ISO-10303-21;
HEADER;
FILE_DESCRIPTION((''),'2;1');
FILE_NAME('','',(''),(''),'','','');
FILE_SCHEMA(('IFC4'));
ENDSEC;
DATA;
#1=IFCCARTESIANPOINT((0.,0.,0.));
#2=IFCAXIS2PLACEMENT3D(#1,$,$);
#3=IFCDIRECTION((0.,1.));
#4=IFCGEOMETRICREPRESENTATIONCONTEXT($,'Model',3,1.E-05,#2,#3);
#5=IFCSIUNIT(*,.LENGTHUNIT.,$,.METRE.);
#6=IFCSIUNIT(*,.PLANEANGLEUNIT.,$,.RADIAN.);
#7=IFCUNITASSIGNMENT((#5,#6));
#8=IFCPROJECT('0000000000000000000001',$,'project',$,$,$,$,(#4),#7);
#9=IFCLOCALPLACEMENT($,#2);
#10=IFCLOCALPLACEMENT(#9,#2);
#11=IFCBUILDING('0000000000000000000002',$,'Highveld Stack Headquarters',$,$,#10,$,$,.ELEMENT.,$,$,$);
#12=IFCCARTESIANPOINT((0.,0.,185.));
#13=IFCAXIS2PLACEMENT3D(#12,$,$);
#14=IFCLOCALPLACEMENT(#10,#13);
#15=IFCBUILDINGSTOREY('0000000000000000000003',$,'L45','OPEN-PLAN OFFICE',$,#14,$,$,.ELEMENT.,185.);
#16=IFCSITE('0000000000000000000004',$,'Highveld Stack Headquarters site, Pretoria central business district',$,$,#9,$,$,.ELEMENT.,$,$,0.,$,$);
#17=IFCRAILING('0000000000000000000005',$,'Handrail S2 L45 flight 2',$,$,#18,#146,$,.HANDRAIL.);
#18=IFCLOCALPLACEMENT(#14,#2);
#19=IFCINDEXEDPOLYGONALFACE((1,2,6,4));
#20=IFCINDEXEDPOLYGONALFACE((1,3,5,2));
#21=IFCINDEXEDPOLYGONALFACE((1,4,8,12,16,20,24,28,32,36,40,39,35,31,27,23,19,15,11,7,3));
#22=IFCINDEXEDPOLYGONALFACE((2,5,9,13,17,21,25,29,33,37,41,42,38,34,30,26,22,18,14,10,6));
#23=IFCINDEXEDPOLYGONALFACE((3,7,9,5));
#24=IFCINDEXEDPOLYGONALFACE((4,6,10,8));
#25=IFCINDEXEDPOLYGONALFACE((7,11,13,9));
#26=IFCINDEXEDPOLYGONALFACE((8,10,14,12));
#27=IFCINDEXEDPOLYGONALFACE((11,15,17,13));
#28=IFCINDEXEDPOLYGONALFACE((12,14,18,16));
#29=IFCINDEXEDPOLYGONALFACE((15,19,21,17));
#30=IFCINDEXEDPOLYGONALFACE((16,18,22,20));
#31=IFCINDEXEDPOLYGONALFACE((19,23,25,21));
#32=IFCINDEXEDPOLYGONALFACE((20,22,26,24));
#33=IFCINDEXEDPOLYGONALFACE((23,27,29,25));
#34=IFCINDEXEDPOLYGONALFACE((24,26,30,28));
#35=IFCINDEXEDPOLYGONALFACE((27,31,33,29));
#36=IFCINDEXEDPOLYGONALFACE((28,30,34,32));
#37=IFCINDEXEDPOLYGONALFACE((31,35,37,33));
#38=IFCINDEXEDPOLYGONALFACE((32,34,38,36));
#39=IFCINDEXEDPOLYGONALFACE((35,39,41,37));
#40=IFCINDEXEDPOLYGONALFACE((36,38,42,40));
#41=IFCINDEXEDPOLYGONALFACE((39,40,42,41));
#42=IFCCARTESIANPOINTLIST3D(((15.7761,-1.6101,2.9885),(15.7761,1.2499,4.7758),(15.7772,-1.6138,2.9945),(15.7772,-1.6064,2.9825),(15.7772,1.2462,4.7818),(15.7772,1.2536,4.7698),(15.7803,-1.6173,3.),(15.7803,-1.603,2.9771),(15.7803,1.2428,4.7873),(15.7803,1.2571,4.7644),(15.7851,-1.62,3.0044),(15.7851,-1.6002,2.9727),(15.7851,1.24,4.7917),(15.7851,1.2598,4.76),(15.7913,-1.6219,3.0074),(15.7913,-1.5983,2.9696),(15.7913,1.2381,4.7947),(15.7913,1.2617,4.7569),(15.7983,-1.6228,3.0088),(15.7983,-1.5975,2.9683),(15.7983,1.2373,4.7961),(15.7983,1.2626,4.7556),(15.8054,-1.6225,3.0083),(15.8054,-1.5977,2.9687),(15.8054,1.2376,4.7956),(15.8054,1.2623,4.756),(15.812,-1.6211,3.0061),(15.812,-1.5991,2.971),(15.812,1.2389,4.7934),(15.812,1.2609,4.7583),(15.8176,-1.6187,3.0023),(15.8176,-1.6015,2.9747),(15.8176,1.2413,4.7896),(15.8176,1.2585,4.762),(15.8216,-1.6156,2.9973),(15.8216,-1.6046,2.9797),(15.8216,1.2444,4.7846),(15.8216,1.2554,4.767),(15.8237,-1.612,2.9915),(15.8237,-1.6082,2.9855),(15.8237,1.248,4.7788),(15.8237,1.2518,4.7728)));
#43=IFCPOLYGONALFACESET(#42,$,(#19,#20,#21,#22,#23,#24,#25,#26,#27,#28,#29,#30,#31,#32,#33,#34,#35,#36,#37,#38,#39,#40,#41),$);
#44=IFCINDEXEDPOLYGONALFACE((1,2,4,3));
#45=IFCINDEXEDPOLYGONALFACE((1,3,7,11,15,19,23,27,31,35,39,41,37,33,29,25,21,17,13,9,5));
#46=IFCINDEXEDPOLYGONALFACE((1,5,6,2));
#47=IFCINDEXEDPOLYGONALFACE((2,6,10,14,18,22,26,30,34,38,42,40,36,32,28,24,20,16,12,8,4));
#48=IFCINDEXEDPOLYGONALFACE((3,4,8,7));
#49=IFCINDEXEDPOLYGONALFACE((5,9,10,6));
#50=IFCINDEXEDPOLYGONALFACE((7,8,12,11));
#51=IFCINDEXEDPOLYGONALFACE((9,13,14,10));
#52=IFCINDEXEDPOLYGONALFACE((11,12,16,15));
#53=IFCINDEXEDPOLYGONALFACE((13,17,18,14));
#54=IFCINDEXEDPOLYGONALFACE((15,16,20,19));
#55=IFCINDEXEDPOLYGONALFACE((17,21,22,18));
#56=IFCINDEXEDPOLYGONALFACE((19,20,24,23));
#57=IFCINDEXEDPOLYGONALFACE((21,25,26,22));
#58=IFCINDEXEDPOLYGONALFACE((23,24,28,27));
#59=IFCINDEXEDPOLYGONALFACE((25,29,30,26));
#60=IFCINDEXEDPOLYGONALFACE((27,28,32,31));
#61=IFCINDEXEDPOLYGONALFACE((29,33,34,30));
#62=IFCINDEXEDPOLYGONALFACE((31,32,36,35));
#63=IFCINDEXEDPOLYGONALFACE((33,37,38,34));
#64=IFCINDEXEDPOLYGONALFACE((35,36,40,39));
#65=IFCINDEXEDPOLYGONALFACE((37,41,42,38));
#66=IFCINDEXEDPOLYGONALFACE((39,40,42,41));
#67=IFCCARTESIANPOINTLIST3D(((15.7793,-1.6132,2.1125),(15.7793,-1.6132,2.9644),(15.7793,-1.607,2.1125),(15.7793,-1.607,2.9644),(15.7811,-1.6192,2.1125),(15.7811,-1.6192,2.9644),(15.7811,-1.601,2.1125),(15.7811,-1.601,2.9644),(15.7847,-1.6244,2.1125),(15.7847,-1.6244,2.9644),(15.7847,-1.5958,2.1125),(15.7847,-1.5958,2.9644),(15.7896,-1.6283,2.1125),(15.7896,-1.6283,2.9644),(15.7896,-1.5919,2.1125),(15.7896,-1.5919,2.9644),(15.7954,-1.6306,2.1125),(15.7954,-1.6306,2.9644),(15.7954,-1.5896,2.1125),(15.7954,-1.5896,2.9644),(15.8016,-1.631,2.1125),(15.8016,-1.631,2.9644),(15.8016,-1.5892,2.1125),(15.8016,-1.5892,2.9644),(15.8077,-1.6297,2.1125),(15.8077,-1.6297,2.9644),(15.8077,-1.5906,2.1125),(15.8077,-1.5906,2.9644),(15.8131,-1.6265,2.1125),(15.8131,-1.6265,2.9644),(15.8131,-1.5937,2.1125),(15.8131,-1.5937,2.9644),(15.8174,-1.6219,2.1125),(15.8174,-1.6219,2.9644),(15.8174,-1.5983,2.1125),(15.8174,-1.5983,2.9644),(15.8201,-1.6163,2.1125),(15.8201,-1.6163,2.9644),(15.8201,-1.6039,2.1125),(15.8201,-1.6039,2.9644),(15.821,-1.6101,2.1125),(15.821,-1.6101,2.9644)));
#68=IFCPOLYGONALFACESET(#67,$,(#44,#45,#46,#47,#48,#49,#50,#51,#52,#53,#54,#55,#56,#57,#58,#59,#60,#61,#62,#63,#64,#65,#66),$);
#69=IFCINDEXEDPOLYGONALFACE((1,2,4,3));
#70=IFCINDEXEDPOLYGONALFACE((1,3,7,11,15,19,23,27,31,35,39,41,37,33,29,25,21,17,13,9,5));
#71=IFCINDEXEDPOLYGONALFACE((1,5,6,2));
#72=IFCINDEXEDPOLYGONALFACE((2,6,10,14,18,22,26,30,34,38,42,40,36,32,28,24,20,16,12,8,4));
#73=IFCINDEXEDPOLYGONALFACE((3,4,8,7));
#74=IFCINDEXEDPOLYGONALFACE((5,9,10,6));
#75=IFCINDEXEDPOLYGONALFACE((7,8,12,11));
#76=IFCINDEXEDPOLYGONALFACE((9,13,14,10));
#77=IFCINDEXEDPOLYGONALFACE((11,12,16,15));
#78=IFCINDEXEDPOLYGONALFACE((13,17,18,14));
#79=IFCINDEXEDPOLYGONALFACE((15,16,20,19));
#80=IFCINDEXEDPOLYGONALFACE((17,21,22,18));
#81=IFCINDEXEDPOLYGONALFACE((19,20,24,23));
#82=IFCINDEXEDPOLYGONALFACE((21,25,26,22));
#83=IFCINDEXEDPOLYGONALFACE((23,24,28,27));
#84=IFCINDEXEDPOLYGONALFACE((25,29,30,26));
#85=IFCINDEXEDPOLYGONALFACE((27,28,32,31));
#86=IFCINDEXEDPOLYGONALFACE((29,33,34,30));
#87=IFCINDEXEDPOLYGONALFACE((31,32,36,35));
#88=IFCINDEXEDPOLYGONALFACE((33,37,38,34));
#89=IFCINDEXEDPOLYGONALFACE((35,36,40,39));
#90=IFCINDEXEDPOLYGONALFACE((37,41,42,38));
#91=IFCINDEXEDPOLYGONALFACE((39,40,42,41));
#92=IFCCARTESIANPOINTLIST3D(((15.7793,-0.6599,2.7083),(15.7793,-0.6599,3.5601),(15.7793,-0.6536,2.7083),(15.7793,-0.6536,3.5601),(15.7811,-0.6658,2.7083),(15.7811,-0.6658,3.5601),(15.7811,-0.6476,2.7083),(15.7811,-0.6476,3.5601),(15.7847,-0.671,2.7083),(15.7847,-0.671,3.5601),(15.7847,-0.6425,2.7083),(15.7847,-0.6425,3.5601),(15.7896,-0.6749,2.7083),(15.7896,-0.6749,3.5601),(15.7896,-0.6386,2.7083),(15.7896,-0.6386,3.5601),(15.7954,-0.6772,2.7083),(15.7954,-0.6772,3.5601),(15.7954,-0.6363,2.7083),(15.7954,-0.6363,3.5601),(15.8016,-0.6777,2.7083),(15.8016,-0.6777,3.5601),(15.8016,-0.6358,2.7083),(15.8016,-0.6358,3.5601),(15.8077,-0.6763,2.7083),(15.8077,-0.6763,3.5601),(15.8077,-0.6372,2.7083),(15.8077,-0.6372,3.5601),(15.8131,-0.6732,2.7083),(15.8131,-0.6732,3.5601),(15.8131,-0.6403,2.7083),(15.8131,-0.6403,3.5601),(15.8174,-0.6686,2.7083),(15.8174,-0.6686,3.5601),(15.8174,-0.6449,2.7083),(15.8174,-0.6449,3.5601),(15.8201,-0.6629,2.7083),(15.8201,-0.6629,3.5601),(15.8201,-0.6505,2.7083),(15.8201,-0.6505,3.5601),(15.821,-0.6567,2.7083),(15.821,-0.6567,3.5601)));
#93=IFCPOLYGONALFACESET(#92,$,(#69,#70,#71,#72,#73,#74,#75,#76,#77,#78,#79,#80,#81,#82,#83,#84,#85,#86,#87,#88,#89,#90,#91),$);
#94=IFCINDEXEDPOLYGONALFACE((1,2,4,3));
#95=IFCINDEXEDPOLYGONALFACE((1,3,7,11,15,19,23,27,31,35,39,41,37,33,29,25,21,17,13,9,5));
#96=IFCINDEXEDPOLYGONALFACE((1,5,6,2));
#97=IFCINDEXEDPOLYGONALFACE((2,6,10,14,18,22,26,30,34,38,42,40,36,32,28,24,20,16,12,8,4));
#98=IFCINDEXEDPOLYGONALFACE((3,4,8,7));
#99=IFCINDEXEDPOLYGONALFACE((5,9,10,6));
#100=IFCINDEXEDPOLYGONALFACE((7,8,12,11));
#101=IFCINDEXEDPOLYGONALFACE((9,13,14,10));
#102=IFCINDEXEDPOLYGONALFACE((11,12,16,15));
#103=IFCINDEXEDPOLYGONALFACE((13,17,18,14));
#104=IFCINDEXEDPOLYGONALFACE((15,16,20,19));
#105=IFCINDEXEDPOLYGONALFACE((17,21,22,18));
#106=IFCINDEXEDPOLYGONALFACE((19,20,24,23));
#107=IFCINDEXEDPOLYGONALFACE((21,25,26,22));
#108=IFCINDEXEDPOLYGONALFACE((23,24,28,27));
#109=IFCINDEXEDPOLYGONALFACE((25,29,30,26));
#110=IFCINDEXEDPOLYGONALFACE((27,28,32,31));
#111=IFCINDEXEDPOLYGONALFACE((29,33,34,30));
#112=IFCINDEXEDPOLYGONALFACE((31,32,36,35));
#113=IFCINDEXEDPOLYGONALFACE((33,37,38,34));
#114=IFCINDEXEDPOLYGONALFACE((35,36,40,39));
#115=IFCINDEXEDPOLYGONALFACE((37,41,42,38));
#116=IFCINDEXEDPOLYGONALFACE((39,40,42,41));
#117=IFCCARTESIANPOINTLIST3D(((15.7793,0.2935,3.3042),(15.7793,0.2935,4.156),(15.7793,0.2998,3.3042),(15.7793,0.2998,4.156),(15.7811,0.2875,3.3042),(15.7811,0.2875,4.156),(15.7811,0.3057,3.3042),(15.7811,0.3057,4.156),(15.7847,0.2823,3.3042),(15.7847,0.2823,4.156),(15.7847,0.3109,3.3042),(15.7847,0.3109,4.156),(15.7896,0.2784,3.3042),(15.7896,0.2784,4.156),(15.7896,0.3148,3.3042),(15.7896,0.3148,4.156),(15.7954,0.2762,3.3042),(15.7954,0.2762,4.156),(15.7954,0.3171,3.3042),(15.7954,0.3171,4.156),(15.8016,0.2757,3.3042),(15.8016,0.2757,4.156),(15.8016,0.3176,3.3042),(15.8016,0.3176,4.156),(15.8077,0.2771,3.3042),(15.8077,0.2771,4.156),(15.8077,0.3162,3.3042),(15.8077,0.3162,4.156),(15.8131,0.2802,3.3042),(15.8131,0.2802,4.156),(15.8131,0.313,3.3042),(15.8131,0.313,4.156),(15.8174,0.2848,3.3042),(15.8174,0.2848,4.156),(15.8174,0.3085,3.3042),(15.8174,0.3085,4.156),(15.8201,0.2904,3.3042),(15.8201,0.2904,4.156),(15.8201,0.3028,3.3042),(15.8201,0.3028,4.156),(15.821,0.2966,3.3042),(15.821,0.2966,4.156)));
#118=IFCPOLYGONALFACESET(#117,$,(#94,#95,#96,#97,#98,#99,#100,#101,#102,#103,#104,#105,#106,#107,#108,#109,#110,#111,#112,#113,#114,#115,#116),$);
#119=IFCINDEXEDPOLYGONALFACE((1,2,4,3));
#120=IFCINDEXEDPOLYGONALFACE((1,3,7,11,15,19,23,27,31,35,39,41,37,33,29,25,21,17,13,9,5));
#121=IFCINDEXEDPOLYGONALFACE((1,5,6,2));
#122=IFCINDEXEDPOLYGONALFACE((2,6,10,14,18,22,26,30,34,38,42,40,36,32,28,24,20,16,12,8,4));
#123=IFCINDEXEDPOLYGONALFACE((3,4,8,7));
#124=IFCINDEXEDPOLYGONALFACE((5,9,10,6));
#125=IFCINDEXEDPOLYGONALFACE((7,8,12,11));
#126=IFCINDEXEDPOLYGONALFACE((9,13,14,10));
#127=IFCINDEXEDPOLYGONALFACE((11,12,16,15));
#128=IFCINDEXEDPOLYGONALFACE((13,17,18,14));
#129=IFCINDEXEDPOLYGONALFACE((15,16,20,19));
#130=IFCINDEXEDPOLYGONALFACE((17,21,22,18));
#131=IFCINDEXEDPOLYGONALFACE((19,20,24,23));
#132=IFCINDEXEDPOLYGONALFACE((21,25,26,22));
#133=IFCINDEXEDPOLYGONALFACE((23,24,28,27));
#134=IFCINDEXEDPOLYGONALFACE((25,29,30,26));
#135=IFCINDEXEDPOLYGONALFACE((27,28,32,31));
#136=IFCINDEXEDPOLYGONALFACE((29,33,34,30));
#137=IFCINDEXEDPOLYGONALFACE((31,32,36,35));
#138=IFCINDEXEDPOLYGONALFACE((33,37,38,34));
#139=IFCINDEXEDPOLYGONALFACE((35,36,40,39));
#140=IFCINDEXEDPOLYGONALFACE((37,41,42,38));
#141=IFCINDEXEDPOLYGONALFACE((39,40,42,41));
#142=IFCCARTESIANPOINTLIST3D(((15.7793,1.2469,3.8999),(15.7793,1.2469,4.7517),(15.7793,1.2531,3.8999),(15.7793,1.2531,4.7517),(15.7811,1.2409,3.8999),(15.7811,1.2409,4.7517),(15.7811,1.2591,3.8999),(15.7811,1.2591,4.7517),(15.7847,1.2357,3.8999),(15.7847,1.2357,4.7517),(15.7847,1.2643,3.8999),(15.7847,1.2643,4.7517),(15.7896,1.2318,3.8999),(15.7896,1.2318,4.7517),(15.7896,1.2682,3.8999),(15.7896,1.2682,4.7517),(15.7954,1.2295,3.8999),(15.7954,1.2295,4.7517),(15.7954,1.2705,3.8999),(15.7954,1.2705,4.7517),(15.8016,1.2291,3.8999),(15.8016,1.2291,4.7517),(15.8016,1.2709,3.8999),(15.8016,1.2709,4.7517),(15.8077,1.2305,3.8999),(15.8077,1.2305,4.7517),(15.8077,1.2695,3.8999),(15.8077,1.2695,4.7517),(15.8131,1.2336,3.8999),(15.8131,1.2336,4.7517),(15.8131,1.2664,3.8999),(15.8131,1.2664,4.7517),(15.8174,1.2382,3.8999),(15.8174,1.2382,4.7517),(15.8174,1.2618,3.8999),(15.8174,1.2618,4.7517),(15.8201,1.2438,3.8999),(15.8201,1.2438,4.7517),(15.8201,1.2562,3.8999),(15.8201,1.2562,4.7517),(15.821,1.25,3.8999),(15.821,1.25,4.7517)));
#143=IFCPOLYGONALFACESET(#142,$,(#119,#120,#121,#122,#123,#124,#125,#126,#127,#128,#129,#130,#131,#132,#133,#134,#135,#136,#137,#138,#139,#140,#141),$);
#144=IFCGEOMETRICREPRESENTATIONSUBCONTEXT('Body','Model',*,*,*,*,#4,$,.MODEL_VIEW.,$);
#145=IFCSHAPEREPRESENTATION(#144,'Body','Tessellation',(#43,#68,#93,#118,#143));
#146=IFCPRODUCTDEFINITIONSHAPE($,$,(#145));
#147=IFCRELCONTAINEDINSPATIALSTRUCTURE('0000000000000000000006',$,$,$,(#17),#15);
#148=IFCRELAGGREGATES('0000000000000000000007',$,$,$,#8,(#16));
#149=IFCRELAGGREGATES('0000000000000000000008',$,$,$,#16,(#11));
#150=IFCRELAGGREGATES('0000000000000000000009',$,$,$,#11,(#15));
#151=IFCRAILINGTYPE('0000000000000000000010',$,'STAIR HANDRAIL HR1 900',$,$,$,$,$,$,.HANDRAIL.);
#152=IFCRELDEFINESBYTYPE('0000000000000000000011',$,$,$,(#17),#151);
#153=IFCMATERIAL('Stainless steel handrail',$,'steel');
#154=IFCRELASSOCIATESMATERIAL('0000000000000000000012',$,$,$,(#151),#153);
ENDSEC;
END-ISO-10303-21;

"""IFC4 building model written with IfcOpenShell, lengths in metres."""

from ifc_helpers import new_model, si_unit, direction, frame, origin, origin_2d, place, context, subcontext, project, spatial, circle, extrude, material, type_object, element, save


model = new_model("IFC4")

# Units and contexts
model_context = context("Model", 3, precision=1e-05, world=origin(), true_north=direction((0.0, 1.0)))
body_context = subcontext(model_context, "Body", "Model", "MODEL_VIEW")
ifc_project = project(units=[si_unit("LENGTHUNIT", "METRE"), si_unit("PLANEANGLEUNIT", "RADIAN")], contexts=[model_context])

# Site, building, storey
site_placement = place(None, origin())
site = spatial("IfcSite", under=ifc_project, at=site_placement, Name="Highveld Stack Headquarters site, Pretoria central business district", CompositionType="ELEMENT", RefElevation=0.0)
building_placement = place(site_placement, origin())
building = spatial("IfcBuilding", under=site, at=building_placement, Name="Highveld Stack Headquarters", CompositionType="ELEMENT")
storey_placement = place(building_placement, frame((0.0, 0.0, 185.0)))
storey = spatial("IfcBuildingStorey", under=building, at=storey_placement, Name="L45", Description="OPEN-PLAN OFFICE", CompositionType="ELEMENT", Elevation=185.0)

# Railing
ifc_material_1 = material(Name="Stainless steel handrail", Category="steel")
railing_type = type_object("IfcRailingType", Name="STAIR HANDRAIL HR1 900", PredefinedType="HANDRAIL", material=ifc_material_1)
for number, where, name in (
    (1, (15.8, -1.6101, 2.1125), "Handrail S2 L45 flight 2"),
):
    element("IfcRailing", number, at=place(storey_placement, frame(where)), inside=storey, type_object=railing_type, Name=name, PredefinedType="HANDRAIL", context=body_context, shape_type="SweptSolid", body=[
        extrude(circle(Radius=0.0239, at=origin_2d()), frame((0.0, 0.0, 0.876), z_axis=(0.0, 0.848027, 0.529953), x_axis=(-1.0, 0.0, 0.0)), (0.0, 0.0, 1.0), 3.3726),
        extrude(circle(Radius=0.021, at=origin_2d()), origin(), (0.0, 0.0, 1.0), 0.8518),
        extrude(circle(Radius=0.021, at=origin_2d()), frame((0.0, 0.9534, 0.5957)), (0.0, 0.0, 1.0), 0.8518),
        extrude(circle(Radius=0.021, at=origin_2d()), frame((0.0, 1.9067, 1.1917)), (0.0, 0.0, 1.0), 0.8518),
        extrude(circle(Radius=0.021, at=origin_2d()), frame((0.0, 2.8601, 1.7874)), (0.0, 0.0, 1.0), 0.8518),
    ])

save(model, "model.ifc")
